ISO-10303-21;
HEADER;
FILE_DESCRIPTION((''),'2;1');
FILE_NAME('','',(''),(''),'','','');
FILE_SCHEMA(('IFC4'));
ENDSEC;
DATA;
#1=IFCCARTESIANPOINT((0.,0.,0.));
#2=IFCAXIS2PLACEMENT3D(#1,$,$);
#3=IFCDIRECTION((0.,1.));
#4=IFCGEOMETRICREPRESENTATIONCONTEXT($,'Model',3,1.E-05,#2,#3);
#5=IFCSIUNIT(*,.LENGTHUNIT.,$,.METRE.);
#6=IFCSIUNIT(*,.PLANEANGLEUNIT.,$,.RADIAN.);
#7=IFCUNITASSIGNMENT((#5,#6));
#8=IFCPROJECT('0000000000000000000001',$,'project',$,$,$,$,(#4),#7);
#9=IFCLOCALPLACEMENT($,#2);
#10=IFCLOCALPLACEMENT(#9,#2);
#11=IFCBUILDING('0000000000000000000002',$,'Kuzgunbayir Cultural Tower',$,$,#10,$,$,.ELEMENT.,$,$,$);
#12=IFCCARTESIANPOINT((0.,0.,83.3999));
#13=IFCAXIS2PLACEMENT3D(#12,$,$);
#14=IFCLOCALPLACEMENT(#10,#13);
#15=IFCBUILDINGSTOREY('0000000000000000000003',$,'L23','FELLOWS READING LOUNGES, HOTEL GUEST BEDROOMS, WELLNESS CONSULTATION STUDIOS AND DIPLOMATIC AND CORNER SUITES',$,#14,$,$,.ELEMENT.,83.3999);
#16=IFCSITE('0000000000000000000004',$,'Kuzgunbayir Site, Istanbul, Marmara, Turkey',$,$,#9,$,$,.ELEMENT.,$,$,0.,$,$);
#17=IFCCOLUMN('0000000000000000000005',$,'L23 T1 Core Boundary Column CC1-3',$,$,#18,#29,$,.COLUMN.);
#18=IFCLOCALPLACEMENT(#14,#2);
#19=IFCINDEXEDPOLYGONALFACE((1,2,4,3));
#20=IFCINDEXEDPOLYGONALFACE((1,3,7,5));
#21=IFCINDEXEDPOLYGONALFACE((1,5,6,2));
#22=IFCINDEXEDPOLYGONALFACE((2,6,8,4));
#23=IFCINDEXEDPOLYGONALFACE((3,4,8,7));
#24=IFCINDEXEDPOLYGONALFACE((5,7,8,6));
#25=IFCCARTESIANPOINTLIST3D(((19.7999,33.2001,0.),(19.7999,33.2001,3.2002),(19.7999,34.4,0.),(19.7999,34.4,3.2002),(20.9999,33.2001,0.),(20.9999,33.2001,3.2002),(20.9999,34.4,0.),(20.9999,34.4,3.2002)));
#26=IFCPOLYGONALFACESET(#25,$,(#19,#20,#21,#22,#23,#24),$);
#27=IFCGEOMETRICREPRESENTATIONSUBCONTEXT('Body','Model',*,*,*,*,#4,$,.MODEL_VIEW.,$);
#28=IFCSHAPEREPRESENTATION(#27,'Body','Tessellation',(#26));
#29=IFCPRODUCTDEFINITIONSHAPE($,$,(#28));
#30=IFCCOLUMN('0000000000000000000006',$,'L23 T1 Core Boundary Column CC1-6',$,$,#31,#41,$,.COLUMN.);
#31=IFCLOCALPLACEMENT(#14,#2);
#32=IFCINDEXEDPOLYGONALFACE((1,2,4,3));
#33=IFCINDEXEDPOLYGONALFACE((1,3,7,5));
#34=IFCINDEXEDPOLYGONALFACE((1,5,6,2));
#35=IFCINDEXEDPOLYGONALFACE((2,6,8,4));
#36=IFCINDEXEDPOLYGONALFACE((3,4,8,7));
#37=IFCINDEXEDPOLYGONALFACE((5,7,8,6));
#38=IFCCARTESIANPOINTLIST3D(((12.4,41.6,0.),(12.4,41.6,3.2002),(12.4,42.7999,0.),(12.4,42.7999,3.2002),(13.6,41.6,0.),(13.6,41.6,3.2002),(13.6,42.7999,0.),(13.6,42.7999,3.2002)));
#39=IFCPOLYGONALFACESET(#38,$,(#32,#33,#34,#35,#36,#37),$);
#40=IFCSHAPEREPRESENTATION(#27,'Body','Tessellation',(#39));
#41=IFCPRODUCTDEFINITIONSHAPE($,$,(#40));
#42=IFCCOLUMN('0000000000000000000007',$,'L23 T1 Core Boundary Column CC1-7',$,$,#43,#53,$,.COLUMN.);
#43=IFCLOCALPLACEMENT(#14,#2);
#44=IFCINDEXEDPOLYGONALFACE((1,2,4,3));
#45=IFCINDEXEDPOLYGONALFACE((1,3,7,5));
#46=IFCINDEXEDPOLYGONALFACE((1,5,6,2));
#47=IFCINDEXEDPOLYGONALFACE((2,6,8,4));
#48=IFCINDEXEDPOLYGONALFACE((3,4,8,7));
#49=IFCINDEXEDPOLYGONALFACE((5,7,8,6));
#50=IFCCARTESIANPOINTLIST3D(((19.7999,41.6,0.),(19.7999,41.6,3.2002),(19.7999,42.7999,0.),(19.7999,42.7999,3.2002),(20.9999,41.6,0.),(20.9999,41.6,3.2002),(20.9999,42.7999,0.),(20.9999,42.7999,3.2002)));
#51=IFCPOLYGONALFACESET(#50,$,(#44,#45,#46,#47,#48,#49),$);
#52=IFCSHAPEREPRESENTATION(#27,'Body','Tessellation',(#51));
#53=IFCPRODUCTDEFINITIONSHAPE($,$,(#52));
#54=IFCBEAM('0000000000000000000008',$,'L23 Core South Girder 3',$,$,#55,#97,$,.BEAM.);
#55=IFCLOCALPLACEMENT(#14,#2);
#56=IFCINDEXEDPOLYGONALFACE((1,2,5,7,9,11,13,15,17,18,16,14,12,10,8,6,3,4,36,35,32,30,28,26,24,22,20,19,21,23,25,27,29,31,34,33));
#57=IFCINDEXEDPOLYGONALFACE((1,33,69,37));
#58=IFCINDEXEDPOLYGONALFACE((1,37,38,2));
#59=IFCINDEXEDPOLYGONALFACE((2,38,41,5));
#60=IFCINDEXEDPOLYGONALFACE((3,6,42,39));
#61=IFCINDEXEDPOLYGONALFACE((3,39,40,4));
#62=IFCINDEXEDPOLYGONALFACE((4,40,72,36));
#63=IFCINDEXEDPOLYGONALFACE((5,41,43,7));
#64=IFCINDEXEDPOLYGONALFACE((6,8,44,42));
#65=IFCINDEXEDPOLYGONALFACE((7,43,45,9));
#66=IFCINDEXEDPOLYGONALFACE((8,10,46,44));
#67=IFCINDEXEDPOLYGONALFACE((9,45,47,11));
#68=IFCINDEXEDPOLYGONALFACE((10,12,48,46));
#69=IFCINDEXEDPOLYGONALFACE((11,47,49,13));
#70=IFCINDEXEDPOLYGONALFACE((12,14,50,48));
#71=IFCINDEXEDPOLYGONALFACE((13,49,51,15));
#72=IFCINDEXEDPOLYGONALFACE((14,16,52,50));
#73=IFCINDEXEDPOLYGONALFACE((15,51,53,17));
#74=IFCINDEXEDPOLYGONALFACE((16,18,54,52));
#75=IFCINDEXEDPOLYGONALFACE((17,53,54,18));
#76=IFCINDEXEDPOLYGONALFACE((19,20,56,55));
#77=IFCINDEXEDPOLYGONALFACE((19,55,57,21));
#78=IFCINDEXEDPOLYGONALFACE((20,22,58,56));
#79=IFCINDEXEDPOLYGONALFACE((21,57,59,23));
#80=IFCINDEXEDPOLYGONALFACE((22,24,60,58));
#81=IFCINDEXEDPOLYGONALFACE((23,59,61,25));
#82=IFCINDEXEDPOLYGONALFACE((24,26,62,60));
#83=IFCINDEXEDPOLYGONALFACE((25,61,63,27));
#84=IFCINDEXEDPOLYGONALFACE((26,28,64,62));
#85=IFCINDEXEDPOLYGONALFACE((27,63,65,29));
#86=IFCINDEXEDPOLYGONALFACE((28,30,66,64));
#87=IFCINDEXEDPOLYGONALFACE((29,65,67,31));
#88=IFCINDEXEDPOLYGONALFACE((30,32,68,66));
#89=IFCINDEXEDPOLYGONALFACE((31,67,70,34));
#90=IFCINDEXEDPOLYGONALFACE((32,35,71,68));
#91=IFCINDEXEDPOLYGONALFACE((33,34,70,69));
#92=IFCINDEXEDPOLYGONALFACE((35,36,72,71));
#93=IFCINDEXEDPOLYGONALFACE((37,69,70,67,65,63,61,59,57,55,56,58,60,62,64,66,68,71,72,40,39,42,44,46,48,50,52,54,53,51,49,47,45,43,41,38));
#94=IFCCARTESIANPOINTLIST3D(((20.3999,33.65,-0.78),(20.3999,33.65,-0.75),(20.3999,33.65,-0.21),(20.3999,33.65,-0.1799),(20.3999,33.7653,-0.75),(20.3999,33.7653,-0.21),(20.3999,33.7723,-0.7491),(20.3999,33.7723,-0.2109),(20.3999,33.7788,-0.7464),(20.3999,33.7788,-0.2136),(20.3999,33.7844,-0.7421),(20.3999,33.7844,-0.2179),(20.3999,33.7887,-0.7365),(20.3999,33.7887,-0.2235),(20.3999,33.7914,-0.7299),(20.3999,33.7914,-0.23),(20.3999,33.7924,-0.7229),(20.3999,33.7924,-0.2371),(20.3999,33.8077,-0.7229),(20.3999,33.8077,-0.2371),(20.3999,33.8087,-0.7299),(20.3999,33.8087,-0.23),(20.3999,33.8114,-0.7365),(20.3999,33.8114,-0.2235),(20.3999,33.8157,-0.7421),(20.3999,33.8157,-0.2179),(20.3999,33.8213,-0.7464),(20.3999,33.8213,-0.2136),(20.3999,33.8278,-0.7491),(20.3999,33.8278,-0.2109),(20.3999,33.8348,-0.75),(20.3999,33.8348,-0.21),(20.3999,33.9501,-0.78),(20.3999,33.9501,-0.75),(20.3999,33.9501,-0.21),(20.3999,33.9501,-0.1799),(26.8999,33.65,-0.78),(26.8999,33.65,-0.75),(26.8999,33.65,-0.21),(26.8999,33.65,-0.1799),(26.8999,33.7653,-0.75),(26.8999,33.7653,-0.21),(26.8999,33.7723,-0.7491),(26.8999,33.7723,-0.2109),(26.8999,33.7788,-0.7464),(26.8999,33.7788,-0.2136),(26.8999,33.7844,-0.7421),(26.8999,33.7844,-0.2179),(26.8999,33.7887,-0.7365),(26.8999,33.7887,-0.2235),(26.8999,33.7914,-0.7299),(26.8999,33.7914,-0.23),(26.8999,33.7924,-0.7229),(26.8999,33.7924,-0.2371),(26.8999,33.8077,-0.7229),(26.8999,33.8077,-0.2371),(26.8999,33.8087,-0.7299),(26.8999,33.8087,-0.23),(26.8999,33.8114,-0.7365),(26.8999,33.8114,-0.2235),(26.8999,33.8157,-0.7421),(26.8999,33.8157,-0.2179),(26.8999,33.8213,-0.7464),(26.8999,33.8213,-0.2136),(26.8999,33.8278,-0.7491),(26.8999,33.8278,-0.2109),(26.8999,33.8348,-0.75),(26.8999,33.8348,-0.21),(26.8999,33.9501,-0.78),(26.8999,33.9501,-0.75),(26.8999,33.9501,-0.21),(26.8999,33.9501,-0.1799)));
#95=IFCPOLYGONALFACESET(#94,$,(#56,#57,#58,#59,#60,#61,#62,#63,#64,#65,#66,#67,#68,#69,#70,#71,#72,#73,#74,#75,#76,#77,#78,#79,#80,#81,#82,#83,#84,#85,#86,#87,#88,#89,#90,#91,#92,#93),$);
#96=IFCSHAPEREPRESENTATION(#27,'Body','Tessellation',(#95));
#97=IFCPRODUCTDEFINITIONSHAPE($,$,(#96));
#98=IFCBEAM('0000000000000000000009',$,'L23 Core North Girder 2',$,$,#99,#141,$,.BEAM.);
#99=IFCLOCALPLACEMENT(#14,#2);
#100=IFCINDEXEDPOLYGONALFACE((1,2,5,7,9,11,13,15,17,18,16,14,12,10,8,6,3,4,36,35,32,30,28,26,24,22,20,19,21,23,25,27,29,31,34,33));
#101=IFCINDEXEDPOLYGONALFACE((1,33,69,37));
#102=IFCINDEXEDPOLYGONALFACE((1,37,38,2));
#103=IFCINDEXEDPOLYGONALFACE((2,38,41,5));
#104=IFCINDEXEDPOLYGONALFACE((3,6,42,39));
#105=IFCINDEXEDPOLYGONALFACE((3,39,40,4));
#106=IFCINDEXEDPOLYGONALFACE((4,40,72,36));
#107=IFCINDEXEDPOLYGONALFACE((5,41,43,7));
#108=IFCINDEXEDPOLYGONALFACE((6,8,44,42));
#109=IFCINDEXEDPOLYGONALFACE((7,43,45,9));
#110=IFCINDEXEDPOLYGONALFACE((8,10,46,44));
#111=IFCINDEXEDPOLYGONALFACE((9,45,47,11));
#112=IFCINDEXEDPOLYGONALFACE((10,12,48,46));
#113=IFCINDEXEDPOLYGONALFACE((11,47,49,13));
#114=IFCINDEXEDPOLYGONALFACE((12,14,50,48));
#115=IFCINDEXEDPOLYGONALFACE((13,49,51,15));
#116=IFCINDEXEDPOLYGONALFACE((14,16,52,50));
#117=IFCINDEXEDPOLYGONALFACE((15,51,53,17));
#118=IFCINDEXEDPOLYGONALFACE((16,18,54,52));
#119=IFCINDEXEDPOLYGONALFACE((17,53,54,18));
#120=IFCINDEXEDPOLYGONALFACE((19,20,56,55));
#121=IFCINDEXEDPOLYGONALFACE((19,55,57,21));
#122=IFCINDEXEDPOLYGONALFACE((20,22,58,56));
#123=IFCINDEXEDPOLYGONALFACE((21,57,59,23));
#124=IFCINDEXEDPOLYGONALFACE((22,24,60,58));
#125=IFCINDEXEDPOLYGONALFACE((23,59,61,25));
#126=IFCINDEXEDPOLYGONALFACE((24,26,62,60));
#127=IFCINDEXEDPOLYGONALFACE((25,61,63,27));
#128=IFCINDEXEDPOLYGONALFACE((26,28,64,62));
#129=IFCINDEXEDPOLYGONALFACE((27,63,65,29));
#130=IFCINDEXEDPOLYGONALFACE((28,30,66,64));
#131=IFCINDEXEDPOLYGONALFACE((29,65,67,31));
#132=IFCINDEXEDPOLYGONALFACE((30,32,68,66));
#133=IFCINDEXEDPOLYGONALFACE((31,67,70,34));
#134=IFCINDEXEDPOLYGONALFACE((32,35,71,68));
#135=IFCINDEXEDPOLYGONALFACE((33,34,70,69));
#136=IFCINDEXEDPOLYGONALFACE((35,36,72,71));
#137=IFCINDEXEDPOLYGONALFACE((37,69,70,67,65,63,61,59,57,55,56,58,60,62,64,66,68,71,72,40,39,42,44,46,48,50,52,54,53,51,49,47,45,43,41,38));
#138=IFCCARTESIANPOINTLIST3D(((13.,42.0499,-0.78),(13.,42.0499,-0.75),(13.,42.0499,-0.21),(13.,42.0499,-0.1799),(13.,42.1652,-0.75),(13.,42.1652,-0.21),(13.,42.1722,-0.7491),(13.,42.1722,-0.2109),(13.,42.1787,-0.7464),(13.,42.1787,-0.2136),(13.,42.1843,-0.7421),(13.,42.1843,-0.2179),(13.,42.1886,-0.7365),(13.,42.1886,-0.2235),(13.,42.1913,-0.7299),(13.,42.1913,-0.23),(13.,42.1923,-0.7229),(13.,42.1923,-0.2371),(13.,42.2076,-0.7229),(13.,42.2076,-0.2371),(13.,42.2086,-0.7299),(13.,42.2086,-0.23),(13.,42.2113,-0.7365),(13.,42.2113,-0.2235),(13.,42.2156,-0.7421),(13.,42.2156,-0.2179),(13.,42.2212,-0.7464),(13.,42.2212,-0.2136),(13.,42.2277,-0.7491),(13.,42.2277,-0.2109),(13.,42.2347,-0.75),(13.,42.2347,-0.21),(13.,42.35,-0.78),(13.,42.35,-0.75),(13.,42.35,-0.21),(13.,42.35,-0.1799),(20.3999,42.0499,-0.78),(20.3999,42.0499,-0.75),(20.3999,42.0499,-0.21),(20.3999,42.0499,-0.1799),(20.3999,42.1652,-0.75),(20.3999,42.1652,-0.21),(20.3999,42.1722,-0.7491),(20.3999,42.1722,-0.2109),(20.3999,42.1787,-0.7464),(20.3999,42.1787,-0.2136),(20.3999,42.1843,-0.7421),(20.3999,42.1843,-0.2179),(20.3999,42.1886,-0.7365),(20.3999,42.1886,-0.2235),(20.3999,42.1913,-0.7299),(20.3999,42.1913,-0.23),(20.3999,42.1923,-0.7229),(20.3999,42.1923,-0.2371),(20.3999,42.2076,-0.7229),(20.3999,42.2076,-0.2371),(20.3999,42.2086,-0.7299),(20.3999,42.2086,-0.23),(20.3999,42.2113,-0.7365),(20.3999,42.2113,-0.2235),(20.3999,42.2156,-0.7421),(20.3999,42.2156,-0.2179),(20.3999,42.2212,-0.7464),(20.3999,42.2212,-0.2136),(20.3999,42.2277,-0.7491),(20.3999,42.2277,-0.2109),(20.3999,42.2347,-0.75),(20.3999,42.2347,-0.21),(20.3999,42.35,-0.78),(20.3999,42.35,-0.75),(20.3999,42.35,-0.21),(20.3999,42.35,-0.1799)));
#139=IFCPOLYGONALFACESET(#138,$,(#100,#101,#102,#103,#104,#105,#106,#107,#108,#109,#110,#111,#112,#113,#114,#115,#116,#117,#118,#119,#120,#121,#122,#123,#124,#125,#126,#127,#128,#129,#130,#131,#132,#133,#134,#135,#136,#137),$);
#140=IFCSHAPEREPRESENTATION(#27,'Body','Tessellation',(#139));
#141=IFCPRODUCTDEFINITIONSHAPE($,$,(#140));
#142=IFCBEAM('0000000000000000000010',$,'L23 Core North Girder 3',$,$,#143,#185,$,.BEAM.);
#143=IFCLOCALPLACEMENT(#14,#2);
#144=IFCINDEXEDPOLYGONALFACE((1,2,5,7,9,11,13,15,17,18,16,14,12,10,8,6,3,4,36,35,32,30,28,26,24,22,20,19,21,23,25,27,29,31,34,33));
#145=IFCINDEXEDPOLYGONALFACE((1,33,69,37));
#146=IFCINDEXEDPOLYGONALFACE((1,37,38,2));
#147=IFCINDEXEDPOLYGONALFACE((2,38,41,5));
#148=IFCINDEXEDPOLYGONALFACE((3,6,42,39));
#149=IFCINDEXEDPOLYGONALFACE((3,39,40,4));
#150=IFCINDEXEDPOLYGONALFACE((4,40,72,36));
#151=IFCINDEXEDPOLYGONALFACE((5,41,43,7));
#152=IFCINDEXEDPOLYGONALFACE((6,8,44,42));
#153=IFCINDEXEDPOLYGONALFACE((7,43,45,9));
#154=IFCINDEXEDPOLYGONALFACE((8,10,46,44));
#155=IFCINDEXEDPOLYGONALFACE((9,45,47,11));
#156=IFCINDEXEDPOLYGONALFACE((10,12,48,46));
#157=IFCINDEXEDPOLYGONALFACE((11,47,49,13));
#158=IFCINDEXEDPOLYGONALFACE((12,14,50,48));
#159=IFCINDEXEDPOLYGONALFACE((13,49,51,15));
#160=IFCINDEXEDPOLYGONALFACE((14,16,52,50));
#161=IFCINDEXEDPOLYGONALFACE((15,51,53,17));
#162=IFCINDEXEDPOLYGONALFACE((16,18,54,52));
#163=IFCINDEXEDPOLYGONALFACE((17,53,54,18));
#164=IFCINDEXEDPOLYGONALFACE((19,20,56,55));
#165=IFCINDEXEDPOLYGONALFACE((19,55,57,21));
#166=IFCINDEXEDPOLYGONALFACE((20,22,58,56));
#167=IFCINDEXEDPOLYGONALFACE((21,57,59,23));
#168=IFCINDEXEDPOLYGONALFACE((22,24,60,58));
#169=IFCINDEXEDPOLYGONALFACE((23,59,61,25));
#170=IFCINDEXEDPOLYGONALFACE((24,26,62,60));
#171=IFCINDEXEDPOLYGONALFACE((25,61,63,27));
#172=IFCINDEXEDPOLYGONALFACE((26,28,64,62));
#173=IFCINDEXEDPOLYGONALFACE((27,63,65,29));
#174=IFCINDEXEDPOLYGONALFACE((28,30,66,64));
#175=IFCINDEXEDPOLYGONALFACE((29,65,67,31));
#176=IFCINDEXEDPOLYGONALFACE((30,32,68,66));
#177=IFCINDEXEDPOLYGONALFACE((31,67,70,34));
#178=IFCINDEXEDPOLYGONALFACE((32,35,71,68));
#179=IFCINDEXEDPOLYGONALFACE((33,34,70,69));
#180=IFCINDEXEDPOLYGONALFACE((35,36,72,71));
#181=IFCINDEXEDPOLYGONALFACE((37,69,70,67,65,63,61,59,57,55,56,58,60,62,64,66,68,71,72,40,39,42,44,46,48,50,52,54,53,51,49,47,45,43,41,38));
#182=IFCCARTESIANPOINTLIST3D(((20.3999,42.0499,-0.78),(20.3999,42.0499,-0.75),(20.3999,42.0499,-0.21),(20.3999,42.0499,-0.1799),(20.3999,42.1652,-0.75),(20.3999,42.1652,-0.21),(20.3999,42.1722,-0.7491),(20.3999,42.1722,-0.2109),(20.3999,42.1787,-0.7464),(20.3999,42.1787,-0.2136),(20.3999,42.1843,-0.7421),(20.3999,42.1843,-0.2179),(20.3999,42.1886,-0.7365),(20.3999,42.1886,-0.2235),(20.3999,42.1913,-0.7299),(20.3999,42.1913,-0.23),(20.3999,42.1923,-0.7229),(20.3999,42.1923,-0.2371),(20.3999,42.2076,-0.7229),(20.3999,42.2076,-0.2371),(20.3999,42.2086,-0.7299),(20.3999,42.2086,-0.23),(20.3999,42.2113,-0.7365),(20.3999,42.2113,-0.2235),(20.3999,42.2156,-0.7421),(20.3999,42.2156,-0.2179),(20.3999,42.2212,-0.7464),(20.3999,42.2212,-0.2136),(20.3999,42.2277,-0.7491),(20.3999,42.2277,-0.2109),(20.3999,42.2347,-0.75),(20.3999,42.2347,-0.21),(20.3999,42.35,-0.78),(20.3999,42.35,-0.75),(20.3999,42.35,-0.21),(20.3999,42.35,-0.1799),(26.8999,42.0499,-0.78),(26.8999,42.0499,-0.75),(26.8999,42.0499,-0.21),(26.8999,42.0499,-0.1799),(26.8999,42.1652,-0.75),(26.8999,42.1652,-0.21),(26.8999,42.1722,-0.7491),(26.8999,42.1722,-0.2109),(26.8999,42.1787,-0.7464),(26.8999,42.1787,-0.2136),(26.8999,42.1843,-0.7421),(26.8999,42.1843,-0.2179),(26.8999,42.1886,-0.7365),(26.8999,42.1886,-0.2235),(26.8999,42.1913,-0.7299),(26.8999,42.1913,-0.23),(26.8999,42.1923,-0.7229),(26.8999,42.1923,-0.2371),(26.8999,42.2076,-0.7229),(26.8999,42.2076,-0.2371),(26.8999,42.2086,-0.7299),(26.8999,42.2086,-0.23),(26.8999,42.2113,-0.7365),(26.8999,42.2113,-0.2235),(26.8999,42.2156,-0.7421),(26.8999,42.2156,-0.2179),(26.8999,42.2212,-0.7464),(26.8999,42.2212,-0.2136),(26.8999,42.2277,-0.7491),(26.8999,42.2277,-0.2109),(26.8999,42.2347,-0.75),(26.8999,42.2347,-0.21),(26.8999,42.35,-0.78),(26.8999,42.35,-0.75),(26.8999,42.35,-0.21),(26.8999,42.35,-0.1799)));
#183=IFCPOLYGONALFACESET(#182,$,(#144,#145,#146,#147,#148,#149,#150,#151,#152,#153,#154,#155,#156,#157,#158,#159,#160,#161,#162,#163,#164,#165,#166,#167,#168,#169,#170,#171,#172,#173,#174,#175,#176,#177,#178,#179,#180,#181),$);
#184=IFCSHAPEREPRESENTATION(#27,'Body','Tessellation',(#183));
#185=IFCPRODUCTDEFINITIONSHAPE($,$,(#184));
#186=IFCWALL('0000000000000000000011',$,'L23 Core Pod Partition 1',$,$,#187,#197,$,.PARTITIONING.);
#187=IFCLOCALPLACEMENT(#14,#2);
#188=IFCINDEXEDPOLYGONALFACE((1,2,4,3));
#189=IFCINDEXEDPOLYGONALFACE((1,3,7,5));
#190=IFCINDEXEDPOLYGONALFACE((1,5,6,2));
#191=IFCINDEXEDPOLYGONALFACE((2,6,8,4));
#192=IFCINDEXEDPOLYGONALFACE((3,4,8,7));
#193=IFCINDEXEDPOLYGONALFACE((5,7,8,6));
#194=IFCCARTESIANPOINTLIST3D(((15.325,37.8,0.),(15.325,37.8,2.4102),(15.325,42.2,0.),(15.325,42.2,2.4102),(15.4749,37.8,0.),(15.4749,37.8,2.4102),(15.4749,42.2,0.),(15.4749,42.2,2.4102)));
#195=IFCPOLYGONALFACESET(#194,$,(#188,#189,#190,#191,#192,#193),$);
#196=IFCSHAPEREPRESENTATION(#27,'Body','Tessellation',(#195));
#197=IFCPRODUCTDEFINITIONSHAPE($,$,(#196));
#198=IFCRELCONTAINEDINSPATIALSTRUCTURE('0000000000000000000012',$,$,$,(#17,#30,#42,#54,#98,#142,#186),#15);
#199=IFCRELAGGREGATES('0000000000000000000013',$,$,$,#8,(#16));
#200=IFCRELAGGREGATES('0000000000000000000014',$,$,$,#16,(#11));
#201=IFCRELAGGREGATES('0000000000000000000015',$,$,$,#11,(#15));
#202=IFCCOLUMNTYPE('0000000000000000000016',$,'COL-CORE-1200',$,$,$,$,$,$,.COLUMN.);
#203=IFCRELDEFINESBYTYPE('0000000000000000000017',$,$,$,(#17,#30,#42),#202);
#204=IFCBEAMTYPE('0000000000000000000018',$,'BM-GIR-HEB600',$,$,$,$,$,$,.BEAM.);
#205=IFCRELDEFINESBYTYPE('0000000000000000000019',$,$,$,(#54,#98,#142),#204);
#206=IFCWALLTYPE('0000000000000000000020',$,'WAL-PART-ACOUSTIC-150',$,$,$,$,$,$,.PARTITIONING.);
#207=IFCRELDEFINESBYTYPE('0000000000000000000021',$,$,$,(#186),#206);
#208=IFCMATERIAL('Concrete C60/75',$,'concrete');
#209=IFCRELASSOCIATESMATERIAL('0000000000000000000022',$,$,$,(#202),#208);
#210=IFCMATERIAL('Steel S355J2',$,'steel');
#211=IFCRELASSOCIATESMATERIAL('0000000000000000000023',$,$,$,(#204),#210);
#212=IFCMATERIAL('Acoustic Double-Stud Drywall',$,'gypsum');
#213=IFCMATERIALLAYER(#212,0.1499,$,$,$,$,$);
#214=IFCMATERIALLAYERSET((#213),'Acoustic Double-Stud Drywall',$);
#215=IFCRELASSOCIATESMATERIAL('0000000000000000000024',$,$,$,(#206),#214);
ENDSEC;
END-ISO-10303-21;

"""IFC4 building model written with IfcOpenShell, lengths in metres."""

from ifc_helpers import new_model, si_unit, direction, frame, frame_2d, origin, origin_2d, place, context, subcontext, project, spatial, rectangle, i_section, extrude, material, layer, layer_set, material_profile, profile_set, type_object, element, save


model = new_model("IFC4")

# Units and contexts
model_context = context("Model", 3, precision=1e-05, world=origin(), true_north=direction((0.0, 1.0)))
body_context = subcontext(model_context, "Body", "Model", "MODEL_VIEW")
ifc_project = project(units=[si_unit("LENGTHUNIT", "METRE"), si_unit("PLANEANGLEUNIT", "RADIAN")], contexts=[model_context])

# Site, building, storey
site_placement = place(None, origin())
site = spatial("IfcSite", under=ifc_project, at=site_placement, Name="Kuzgunbayir Site, Istanbul, Marmara, Turkey", CompositionType="ELEMENT", RefElevation=0.0)
building_placement = place(site_placement, origin())
building = spatial("IfcBuilding", under=site, at=building_placement, Name="Kuzgunbayir Cultural Tower", CompositionType="ELEMENT")
storey_placement = place(building_placement, frame((0.0, 0.0, 83.3999)))
storey = spatial("IfcBuildingStorey", under=building, at=storey_placement, Name="L23", Description="FELLOWS READING LOUNGES, HOTEL GUEST BEDROOMS, WELLNESS CONSULTATION STUDIOS AND DIPLOMATIC AND CORNER SUITES", CompositionType="ELEMENT", Elevation=83.3999)

# Columns
ifc_material_1 = material(Name="Concrete C60/75", Category="concrete")
ifc_material_profile_1 = material_profile(ifc_material_1, rectangle(XDim=1.2, YDim=1.2, at=origin_2d()), Name="RC 1200x1200")
ifc_profile_set_1 = profile_set([ifc_material_profile_1], Name="Concrete C60/75")
column_type = type_object("IfcColumnType", Name="COL-CORE-1200", PredefinedType="COLUMN", material=ifc_profile_set_1)
for number, where, z_axis, x_axis, name in (
    (1, (20.3999, 33.8, 0.0), (0.0, 0.0, 1.0), (1.0, 0.0, 0.0), "L23 T1 Core Boundary Column CC1-3"),
    (2, (13.0, 42.2, 0.0), (0.0, 0.0, 1.0), (1.0, 0.0, 0.0), "L23 T1 Core Boundary Column CC1-6"),
    (3, (20.3999, 42.2, 0.0), (0.0, 0.0, 1.0), (1.0, 0.0, 0.0), "L23 T1 Core Boundary Column CC1-7"),
):
    element("IfcColumn", number, at=place(storey_placement, frame(where, z_axis=z_axis, x_axis=x_axis)), inside=storey, type_object=column_type, Name=name, PredefinedType="COLUMN", context=body_context, shape_type="SweptSolid", body=[
        extrude(rectangle(XDim=1.2, YDim=1.2, at=origin_2d()), origin(), (0.0, 0.0, 1.0), 3.2002),
    ])

# Beams
ifc_material_2 = material(Name="Steel S355J2", Category="steel")
ifc_material_profile_2 = material_profile(ifc_material_2, i_section(OverallWidth=0.3, OverallDepth=0.6001, WebThickness=0.0154, FlangeThickness=0.03, FilletRadius=0.0271, at=origin_2d()), Name="HEB 600")
ifc_profile_set_2 = profile_set([ifc_material_profile_2], Name="Steel S355J2")
beam_type = type_object("IfcBeamType", Name="BM-GIR-HEB600", PredefinedType="BEAM", material=ifc_profile_set_2)
beam_1_placement = place(storey_placement, frame((20.3999, 33.8, -0.48), z_axis=(1.0, 0.0, 0.0), x_axis=(0.0, 1.0, 0.0)))
element("IfcBeam", 4, at=beam_1_placement, inside=storey, type_object=beam_type, Name="L23 Core South Girder 3", PredefinedType="BEAM", context=body_context, shape_type="SweptSolid", body=[
    extrude(i_section(OverallWidth=0.3, OverallDepth=0.6001, WebThickness=0.0154, FlangeThickness=0.03, FilletRadius=0.0271, at=origin_2d()), origin(), (0.0, 0.0, 1.0), 6.5),
])
beam_2_placement = place(storey_placement, frame((13.0, 42.2, -0.48), z_axis=(1.0, 0.0, 0.0), x_axis=(0.0, 1.0, 0.0)))
element("IfcBeam", 5, at=beam_2_placement, inside=storey, type_object=beam_type, Name="L23 Core North Girder 2", PredefinedType="BEAM", context=body_context, shape_type="SweptSolid", body=[
    extrude(i_section(OverallWidth=0.3, OverallDepth=0.6001, WebThickness=0.0154, FlangeThickness=0.03, FilletRadius=0.0271, at=origin_2d()), origin(), (0.0, 0.0, 1.0), 7.3999),
])
beam_3_placement = place(storey_placement, frame((20.3999, 42.2, -0.48), z_axis=(1.0, 0.0, 0.0), x_axis=(0.0, 1.0, 0.0)))
element("IfcBeam", 6, at=beam_3_placement, inside=storey, type_object=beam_type, Name="L23 Core North Girder 3", PredefinedType="BEAM", context=body_context, shape_type="SweptSolid", body=[
    extrude(i_section(OverallWidth=0.3, OverallDepth=0.6001, WebThickness=0.0154, FlangeThickness=0.03, FilletRadius=0.0271, at=origin_2d()), origin(), (0.0, 0.0, 1.0), 6.5),
])

# Wall
ifc_material_3 = material(Name="Acoustic Double-Stud Drywall", Category="gypsum")
ifc_layer_1 = layer(ifc_material_3, 0.1499)
ifc_layer_set_1 = layer_set([ifc_layer_1], Name="Acoustic Double-Stud Drywall")
wall_type_1 = type_object("IfcWallType", Name="WAL-PART-ACOUSTIC-150", PredefinedType="PARTITIONING", material=ifc_layer_set_1)
for number, where, z_axis, x_axis, name in (
    (7, (15.3999, 37.8, 0.0), (0.0, 0.0, 1.0), (0.0, 1.0, 0.0), "L23 Core Pod Partition 1"),
):
    element("IfcWall", number, at=place(storey_placement, frame(where, z_axis=z_axis, x_axis=x_axis)), inside=storey, type_object=wall_type_1, Name=name, PredefinedType="PARTITIONING", context=body_context, shape_type="SweptSolid", body=[
        extrude(rectangle(XDim=4.3999, YDim=0.1499, at=frame_2d((2.2, 0.0))), origin(), (0.0, 0.0, 1.0), 2.4102),
    ])

save(model, "model.ifc")
